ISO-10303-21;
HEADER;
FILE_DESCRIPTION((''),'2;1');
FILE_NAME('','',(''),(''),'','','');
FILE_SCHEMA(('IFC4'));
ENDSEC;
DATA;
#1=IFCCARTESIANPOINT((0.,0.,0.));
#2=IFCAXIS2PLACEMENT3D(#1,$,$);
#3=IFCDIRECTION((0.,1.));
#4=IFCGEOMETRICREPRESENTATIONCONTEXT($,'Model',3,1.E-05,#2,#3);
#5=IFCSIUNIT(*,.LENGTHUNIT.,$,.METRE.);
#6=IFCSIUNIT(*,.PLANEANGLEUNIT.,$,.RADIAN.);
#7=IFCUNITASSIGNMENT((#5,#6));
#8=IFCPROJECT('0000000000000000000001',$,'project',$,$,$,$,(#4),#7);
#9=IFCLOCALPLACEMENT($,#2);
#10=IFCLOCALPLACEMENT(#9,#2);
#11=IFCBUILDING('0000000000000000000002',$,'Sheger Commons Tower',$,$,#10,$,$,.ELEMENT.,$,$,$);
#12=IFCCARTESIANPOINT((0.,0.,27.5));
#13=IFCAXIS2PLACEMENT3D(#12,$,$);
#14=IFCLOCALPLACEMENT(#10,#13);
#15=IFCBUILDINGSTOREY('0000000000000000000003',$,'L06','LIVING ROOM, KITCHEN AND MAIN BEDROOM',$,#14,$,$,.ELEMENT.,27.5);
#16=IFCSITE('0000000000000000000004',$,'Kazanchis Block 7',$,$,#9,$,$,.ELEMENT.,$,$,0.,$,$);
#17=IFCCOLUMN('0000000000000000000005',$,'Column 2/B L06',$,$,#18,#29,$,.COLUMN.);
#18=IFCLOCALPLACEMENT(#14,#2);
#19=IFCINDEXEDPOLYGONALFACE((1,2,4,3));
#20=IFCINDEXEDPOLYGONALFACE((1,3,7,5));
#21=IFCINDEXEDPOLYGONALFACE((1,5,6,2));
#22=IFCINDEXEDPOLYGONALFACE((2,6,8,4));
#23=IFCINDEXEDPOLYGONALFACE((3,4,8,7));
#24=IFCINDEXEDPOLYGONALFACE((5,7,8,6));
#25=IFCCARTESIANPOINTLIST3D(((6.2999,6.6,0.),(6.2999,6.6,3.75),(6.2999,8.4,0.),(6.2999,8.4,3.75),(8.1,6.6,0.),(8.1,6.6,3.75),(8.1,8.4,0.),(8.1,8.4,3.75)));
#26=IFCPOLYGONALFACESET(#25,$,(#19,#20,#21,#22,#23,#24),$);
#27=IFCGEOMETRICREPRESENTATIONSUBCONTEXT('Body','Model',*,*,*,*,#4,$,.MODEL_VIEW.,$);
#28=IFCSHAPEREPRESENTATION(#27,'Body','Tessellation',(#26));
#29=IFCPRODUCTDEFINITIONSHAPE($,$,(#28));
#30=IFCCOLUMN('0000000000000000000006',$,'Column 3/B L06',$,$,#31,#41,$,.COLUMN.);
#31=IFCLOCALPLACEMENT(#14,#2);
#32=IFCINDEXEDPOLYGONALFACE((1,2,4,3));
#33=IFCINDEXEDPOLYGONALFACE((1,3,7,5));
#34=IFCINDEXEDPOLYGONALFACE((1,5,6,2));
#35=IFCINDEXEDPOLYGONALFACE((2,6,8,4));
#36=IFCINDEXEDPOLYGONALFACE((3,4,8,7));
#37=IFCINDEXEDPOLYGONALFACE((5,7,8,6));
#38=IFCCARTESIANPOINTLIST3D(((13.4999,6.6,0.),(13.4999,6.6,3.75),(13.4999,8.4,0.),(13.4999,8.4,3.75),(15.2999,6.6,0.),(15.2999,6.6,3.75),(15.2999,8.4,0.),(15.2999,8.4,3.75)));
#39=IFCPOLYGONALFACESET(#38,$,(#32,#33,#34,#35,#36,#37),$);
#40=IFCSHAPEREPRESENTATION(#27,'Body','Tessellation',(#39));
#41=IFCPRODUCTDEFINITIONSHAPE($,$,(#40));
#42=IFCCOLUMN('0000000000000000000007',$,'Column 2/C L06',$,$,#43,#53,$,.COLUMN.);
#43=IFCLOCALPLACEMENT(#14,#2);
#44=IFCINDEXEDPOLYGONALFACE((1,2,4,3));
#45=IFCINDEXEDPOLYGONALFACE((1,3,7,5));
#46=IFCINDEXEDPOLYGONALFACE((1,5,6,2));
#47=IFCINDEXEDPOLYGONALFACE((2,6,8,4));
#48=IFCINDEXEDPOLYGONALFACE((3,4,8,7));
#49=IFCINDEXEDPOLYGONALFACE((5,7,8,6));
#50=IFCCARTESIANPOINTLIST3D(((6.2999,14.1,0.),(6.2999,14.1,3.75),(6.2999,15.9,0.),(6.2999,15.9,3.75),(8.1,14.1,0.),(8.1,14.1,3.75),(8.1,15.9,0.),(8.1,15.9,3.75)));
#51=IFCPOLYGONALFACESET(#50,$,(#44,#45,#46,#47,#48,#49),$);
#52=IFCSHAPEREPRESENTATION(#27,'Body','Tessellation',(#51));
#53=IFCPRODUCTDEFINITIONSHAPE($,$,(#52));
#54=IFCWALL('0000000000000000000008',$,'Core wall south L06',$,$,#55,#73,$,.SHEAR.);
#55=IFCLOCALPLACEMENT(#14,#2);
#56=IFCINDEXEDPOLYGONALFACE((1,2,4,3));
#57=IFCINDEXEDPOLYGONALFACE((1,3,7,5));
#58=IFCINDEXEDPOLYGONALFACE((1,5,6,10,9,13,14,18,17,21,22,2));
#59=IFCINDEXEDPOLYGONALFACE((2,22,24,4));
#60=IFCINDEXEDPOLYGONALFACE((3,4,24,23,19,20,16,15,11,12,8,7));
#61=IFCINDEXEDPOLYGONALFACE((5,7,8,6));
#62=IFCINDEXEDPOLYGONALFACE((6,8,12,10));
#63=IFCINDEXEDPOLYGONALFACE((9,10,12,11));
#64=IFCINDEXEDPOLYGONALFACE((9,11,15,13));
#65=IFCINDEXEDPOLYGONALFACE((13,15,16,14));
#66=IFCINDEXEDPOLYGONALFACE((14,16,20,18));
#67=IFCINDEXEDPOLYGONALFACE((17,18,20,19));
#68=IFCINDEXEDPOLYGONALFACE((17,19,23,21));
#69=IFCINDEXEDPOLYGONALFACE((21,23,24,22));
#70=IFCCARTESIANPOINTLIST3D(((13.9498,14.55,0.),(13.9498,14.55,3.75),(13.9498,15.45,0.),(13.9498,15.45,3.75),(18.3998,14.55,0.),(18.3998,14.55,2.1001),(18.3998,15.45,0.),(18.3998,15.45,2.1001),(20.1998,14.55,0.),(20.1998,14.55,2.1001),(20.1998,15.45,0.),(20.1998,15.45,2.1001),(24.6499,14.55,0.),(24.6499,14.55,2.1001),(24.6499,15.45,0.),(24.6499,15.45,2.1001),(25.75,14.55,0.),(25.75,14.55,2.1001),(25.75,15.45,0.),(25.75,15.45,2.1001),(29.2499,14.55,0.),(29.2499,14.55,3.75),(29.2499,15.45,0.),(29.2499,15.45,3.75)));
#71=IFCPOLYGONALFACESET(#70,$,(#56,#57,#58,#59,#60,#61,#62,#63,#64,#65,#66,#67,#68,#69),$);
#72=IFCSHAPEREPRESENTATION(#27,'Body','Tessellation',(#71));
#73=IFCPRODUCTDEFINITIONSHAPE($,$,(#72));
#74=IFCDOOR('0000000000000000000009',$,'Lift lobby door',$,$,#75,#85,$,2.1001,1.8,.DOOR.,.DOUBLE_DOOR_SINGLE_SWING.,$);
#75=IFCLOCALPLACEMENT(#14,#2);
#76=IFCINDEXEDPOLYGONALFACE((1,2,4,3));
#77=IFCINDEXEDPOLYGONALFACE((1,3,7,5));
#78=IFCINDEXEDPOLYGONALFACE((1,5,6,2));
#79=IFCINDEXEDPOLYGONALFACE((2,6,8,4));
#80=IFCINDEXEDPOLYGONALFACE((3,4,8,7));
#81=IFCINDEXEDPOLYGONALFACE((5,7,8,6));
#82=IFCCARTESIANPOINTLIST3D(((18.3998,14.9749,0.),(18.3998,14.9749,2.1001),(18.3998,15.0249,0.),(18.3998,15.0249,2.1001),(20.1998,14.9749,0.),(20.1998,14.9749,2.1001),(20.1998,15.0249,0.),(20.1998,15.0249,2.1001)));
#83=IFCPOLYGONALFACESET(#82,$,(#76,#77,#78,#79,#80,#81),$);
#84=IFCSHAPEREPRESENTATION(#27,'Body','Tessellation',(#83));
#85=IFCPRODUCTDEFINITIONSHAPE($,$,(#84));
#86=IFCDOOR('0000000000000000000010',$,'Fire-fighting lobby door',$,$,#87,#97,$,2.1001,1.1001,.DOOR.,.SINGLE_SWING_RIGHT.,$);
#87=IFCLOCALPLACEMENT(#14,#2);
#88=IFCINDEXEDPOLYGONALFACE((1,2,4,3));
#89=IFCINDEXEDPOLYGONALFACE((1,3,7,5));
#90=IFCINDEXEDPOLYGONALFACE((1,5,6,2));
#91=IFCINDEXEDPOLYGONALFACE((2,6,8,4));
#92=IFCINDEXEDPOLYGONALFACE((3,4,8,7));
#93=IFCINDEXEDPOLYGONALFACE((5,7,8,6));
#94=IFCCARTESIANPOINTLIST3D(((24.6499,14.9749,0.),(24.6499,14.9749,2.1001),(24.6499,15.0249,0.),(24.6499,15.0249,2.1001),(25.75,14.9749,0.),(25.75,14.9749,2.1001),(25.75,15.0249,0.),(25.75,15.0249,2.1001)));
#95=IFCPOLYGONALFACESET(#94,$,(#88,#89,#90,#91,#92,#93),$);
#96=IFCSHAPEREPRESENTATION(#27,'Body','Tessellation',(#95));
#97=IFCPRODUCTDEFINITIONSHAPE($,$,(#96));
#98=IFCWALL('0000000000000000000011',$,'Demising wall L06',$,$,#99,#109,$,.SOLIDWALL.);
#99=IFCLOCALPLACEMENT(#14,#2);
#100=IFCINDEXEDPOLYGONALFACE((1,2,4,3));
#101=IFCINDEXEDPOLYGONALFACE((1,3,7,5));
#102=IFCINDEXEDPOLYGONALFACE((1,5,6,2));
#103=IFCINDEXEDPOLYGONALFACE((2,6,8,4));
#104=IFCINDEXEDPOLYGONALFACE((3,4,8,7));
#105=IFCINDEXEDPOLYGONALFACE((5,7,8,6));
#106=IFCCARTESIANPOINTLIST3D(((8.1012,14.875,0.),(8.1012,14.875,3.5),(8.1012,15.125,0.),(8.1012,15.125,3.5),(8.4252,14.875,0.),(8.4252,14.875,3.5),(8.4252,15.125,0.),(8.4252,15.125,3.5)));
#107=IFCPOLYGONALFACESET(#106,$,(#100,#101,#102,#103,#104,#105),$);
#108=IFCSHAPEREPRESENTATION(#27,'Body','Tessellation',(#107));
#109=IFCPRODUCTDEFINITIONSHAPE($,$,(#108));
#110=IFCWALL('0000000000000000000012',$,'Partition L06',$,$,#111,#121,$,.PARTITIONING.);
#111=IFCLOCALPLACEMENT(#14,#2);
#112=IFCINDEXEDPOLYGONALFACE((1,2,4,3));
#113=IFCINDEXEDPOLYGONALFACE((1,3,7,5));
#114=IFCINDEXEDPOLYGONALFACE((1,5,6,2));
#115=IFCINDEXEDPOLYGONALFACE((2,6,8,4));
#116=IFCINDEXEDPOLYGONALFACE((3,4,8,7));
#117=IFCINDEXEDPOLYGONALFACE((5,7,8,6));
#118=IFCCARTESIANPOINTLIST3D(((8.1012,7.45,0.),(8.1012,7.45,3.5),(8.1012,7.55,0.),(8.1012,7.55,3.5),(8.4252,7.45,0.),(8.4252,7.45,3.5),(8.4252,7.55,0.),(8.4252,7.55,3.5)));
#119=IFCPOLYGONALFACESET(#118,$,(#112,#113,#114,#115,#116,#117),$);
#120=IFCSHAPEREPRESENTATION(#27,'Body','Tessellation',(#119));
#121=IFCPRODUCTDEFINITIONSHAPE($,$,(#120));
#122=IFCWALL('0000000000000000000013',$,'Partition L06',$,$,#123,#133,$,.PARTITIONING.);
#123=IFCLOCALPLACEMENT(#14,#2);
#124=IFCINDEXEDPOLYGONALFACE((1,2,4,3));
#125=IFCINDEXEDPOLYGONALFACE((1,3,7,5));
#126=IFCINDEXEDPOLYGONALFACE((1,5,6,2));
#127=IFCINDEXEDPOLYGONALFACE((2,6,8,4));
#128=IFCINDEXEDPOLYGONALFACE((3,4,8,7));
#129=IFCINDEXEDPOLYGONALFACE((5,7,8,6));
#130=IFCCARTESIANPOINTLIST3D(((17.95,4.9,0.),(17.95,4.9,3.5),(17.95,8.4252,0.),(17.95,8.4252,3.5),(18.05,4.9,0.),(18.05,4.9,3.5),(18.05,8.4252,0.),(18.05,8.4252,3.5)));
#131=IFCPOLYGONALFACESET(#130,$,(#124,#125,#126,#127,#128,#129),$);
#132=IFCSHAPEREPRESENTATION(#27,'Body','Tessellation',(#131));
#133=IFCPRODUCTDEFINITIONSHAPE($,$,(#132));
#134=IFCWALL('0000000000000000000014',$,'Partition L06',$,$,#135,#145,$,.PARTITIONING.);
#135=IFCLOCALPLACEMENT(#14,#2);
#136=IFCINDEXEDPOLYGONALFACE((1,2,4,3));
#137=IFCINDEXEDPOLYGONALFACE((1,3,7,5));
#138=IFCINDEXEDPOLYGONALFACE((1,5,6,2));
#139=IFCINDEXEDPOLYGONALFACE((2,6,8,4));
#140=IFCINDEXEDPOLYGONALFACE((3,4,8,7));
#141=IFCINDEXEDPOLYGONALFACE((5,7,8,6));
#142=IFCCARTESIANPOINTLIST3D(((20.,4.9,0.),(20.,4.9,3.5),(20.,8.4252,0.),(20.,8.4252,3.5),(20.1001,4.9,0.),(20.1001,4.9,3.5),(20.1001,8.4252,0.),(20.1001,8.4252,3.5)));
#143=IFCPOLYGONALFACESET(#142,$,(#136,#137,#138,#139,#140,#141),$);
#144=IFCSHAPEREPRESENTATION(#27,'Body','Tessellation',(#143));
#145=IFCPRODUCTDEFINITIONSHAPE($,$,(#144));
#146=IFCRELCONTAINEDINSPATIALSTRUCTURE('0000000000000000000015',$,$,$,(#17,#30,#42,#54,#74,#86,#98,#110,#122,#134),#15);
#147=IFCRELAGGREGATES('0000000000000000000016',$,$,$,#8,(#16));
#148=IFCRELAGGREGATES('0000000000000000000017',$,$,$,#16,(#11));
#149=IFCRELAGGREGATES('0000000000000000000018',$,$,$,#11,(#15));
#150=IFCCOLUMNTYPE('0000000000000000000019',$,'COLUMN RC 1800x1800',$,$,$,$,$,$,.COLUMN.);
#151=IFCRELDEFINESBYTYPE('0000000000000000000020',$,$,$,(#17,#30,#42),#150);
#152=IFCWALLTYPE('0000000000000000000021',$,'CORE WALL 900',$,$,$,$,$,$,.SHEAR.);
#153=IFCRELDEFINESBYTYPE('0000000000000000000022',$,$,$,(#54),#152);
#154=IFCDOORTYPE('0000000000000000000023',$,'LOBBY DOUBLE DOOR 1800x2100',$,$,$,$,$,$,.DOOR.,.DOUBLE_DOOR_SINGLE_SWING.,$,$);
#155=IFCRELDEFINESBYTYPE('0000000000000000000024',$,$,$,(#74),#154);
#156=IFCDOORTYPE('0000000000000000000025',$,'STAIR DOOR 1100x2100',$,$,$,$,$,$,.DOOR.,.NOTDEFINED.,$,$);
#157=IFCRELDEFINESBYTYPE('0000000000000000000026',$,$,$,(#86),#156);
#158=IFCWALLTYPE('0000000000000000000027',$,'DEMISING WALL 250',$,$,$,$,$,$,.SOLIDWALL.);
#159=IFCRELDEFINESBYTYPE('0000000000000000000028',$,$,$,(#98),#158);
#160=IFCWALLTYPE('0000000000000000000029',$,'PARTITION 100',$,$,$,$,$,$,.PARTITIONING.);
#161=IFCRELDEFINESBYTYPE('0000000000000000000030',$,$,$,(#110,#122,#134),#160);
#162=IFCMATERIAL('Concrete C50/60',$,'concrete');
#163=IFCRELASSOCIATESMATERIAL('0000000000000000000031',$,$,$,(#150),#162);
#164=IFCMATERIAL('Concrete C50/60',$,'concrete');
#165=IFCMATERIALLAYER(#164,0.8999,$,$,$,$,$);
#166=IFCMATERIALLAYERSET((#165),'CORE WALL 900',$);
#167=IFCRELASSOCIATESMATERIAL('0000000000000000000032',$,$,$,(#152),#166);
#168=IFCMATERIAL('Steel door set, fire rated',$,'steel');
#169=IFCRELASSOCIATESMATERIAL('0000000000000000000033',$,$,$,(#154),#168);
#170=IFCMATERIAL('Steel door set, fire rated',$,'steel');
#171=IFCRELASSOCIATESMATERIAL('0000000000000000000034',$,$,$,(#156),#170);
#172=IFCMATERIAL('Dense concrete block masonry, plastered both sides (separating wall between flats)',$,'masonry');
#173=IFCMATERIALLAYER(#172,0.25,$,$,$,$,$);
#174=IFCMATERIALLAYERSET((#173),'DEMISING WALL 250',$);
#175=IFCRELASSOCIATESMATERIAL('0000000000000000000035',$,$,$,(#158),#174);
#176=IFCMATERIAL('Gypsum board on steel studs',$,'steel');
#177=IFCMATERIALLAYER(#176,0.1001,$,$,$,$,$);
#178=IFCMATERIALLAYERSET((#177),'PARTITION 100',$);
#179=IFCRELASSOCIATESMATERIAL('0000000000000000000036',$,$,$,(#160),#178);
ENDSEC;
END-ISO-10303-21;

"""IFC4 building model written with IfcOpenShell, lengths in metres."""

from ifc_helpers import new_model, si_unit, direction, frame, frame_2d, origin, origin_2d, place, context, subcontext, project, spatial, rectangle, extrude, material, layer, layer_set, material_profile, profile_set, type_object, element, fill, save


model = new_model("IFC4")

# Units and contexts
model_context = context("Model", 3, precision=1e-05, world=origin(), true_north=direction((0.0, 1.0)))
body_context = subcontext(model_context, "Body", "Model", "MODEL_VIEW")
ifc_project = project(units=[si_unit("LENGTHUNIT", "METRE"), si_unit("PLANEANGLEUNIT", "RADIAN")], contexts=[model_context])

# Site, building, storey
site_placement = place(None, origin())
site = spatial("IfcSite", under=ifc_project, at=site_placement, Name="Kazanchis Block 7", CompositionType="ELEMENT", RefElevation=0.0)
building_placement = place(site_placement, origin())
building = spatial("IfcBuilding", under=site, at=building_placement, Name="Sheger Commons Tower", CompositionType="ELEMENT")
storey_placement = place(building_placement, frame((0.0, 0.0, 27.5)))
storey = spatial("IfcBuildingStorey", under=building, at=storey_placement, Name="L06", Description="LIVING ROOM, KITCHEN AND MAIN BEDROOM", CompositionType="ELEMENT", Elevation=27.5)

# Columns
ifc_material_1 = material(Name="Concrete C50/60", Category="concrete")
ifc_material_profile = material_profile(ifc_material_1, rectangle(XDim=1.8, YDim=1.8, at=origin_2d()), Name="RC 1800x1800")
ifc_profile_set = profile_set([ifc_material_profile], Name="Concrete C50/60")
column_type = type_object("IfcColumnType", Name="COLUMN RC 1800x1800", PredefinedType="COLUMN", material=ifc_profile_set)
for number, where, z_axis, x_axis, name in (
    (1, (7.2, 7.5, 0.0), (0.0, 0.0, 1.0), (1.0, 0.0, 0.0), "Column 2/B L06"),
    (2, (14.3999, 7.5, 0.0), (0.0, 0.0, 1.0), (1.0, 0.0, 0.0), "Column 3/B L06"),
    (3, (7.2, 15.0, 0.0), (0.0, 0.0, 1.0), (1.0, 0.0, 0.0), "Column 2/C L06"),
):
    element("IfcColumn", number, at=place(storey_placement, frame(where, z_axis=z_axis, x_axis=x_axis)), inside=storey, type_object=column_type, Name=name, PredefinedType="COLUMN", context=body_context, shape_type="SweptSolid", body=[
        extrude(rectangle(XDim=1.8, YDim=1.8, at=origin_2d()), origin(), (0.0, 0.0, 1.0), 3.75),
    ])

# Wall, openings, doors
ifc_material_2 = material(Name="Concrete C50/60", Category="concrete")
ifc_layer_1 = layer(ifc_material_2, 0.8999)
ifc_layer_set_1 = layer_set([ifc_layer_1], Name="CORE WALL 900")
wall_type_1 = type_object("IfcWallType", Name="CORE WALL 900", PredefinedType="SHEAR", material=ifc_layer_set_1)
wall_1_placement = place(storey_placement, frame((13.95, 15.0, 0.0), z_axis=(0.0, 0.0, 1.0), x_axis=(1.0, 0.0, 0.0)))
wall_1 = element("IfcWall", 4, at=wall_1_placement, inside=storey, type_object=wall_type_1, Name="Core wall south L06", PredefinedType="SHEAR", context=body_context, shape_type="SweptSolid", body=[
    extrude(rectangle(XDim=15.3, YDim=0.8999, at=frame_2d((7.6499, 0.0))), origin(), (0.0, 0.0, 1.0), 3.75),
])
opening_1_placement = place(wall_1_placement, frame((4.45, 0.0, 0.0)))
opening_1 = element("IfcOpeningElement", 5, at=opening_1_placement, cuts=wall_1, PredefinedType="OPENING", context=body_context, shape_type="SweptSolid", body=[
    extrude(rectangle(XDim=1.8, YDim=2.1001, at=frame_2d((0.8999, 1.05))), frame((0.0, 0.46, 0.0), z_axis=(0.0, -1.0, 0.0), x_axis=(1.0, 0.0, 0.0)), (0.0, 0.0, 1.0), 0.9199),
])
opening_2_placement = place(wall_1_placement, frame((10.7, 0.0, 0.0)))
opening_2 = element("IfcOpeningElement", 6, at=opening_2_placement, cuts=wall_1, PredefinedType="OPENING", context=body_context, shape_type="SweptSolid", body=[
    extrude(rectangle(XDim=1.1001, YDim=2.1001, at=frame_2d((0.55, 1.05))), frame((0.0, 0.46, 0.0), z_axis=(0.0, -1.0, 0.0), x_axis=(1.0, 0.0, 0.0)), (0.0, 0.0, 1.0), 0.9199),
])
ifc_material_3 = material(Name="Steel door set, fire rated", Category="steel")
door_type_1 = type_object("IfcDoorType", Name="LOBBY DOUBLE DOOR 1800x2100", OperationType="DOUBLE_DOOR_SINGLE_SWING", PredefinedType="DOOR", material=ifc_material_3)
door_1_placement = place(opening_1_placement, origin())
door_1 = element("IfcDoor", 7, at=door_1_placement, inside=storey, type_object=door_type_1, Name="Lift lobby door", OperationType="DOUBLE_DOOR_SINGLE_SWING", OverallHeight=2.1001, OverallWidth=1.8, PredefinedType="DOOR", context=body_context, shape_type="SweptSolid", body=[
    extrude(rectangle(XDim=1.8, YDim=2.1001, at=frame_2d((0.8999, 1.05))), frame((0.0, 0.0249, 0.0), z_axis=(0.0, -1.0, 0.0), x_axis=(1.0, 0.0, 0.0)), (0.0, 0.0, 1.0), 0.05),
])
fill(opening_1, door_1)
ifc_material_4 = material(Name="Steel door set, fire rated", Category="steel")
door_type_2 = type_object("IfcDoorType", Name="STAIR DOOR 1100x2100", OperationType="NOTDEFINED", PredefinedType="DOOR", material=ifc_material_4)
door_2_placement = place(opening_2_placement, origin())
door_2 = element("IfcDoor", 8, at=door_2_placement, inside=storey, type_object=door_type_2, Name="Fire-fighting lobby door", OperationType="SINGLE_SWING_RIGHT", OverallHeight=2.1001, OverallWidth=1.1001, PredefinedType="DOOR", context=body_context, shape_type="SweptSolid", body=[
    extrude(rectangle(XDim=1.1001, YDim=2.1001, at=frame_2d((0.55, 1.05))), frame((0.0, 0.0249, 0.0), z_axis=(0.0, -1.0, 0.0), x_axis=(1.0, 0.0, 0.0)), (0.0, 0.0, 1.0), 0.05),
])
fill(opening_2, door_2)

# Walls
ifc_material_5 = material(Name="Dense concrete block masonry, plastered both sides (separating wall between flats)", Category="masonry")
ifc_layer_2 = layer(ifc_material_5, 0.25)
ifc_layer_set_2 = layer_set([ifc_layer_2], Name="DEMISING WALL 250")
wall_type_2 = type_object("IfcWallType", Name="DEMISING WALL 250", PredefinedType="SOLIDWALL", material=ifc_layer_set_2)
wall_2_placement = place(storey_placement, frame((8.1011, 15.0, 0.0), z_axis=(0.0, 0.0, 1.0), x_axis=(1.0, 0.0, 0.0)))
element("IfcWall", 9, at=wall_2_placement, inside=storey, type_object=wall_type_2, Name="Demising wall L06", PredefinedType="SOLIDWALL", context=body_context, shape_type="SweptSolid", body=[
    extrude(rectangle(XDim=0.324, YDim=0.25, at=frame_2d((0.1621, 0.0))), origin(), (0.0, 0.0, 1.0), 3.5),
])
ifc_material_6 = material(Name="Gypsum board on steel studs", Category="steel")
ifc_layer_3 = layer(ifc_material_6, 0.1001)
ifc_layer_set_3 = layer_set([ifc_layer_3], Name="PARTITION 100")
wall_type_3 = type_object("IfcWallType", Name="PARTITION 100", PredefinedType="PARTITIONING", material=ifc_layer_set_3)
wall_3_placement = place(storey_placement, frame((8.1011, 7.5, 0.0), z_axis=(0.0, 0.0, 1.0), x_axis=(1.0, 0.0, 0.0)))
element("IfcWall", 10, at=wall_3_placement, inside=storey, type_object=wall_type_3, Name="Partition L06", PredefinedType="PARTITIONING", context=body_context, shape_type="SweptSolid", body=[
    extrude(rectangle(XDim=0.324, YDim=0.1001, at=frame_2d((0.1621, 0.0))), origin(), (0.0, 0.0, 1.0), 3.5),
])
for number, where, z_axis, x_axis, name in (
    (11, (18.0, 4.8999, 0.0), (0.0, 0.0, 1.0), (0.0, 1.0, 0.0), "Partition L06"),
    (12, (20.05, 4.8999, 0.0), (0.0, 0.0, 1.0), (0.0, 1.0, 0.0), "Partition L06"),
):
    element("IfcWall", number, at=place(storey_placement, frame(where, z_axis=z_axis, x_axis=x_axis)), inside=storey, type_object=wall_type_3, Name=name, PredefinedType="PARTITIONING", context=body_context, shape_type="SweptSolid", body=[
        extrude(rectangle(XDim=3.5251, YDim=0.1001, at=frame_2d((1.7627, 0.0))), origin(), (0.0, 0.0, 1.0), 3.5),
    ])

save(model, "model.ifc")
